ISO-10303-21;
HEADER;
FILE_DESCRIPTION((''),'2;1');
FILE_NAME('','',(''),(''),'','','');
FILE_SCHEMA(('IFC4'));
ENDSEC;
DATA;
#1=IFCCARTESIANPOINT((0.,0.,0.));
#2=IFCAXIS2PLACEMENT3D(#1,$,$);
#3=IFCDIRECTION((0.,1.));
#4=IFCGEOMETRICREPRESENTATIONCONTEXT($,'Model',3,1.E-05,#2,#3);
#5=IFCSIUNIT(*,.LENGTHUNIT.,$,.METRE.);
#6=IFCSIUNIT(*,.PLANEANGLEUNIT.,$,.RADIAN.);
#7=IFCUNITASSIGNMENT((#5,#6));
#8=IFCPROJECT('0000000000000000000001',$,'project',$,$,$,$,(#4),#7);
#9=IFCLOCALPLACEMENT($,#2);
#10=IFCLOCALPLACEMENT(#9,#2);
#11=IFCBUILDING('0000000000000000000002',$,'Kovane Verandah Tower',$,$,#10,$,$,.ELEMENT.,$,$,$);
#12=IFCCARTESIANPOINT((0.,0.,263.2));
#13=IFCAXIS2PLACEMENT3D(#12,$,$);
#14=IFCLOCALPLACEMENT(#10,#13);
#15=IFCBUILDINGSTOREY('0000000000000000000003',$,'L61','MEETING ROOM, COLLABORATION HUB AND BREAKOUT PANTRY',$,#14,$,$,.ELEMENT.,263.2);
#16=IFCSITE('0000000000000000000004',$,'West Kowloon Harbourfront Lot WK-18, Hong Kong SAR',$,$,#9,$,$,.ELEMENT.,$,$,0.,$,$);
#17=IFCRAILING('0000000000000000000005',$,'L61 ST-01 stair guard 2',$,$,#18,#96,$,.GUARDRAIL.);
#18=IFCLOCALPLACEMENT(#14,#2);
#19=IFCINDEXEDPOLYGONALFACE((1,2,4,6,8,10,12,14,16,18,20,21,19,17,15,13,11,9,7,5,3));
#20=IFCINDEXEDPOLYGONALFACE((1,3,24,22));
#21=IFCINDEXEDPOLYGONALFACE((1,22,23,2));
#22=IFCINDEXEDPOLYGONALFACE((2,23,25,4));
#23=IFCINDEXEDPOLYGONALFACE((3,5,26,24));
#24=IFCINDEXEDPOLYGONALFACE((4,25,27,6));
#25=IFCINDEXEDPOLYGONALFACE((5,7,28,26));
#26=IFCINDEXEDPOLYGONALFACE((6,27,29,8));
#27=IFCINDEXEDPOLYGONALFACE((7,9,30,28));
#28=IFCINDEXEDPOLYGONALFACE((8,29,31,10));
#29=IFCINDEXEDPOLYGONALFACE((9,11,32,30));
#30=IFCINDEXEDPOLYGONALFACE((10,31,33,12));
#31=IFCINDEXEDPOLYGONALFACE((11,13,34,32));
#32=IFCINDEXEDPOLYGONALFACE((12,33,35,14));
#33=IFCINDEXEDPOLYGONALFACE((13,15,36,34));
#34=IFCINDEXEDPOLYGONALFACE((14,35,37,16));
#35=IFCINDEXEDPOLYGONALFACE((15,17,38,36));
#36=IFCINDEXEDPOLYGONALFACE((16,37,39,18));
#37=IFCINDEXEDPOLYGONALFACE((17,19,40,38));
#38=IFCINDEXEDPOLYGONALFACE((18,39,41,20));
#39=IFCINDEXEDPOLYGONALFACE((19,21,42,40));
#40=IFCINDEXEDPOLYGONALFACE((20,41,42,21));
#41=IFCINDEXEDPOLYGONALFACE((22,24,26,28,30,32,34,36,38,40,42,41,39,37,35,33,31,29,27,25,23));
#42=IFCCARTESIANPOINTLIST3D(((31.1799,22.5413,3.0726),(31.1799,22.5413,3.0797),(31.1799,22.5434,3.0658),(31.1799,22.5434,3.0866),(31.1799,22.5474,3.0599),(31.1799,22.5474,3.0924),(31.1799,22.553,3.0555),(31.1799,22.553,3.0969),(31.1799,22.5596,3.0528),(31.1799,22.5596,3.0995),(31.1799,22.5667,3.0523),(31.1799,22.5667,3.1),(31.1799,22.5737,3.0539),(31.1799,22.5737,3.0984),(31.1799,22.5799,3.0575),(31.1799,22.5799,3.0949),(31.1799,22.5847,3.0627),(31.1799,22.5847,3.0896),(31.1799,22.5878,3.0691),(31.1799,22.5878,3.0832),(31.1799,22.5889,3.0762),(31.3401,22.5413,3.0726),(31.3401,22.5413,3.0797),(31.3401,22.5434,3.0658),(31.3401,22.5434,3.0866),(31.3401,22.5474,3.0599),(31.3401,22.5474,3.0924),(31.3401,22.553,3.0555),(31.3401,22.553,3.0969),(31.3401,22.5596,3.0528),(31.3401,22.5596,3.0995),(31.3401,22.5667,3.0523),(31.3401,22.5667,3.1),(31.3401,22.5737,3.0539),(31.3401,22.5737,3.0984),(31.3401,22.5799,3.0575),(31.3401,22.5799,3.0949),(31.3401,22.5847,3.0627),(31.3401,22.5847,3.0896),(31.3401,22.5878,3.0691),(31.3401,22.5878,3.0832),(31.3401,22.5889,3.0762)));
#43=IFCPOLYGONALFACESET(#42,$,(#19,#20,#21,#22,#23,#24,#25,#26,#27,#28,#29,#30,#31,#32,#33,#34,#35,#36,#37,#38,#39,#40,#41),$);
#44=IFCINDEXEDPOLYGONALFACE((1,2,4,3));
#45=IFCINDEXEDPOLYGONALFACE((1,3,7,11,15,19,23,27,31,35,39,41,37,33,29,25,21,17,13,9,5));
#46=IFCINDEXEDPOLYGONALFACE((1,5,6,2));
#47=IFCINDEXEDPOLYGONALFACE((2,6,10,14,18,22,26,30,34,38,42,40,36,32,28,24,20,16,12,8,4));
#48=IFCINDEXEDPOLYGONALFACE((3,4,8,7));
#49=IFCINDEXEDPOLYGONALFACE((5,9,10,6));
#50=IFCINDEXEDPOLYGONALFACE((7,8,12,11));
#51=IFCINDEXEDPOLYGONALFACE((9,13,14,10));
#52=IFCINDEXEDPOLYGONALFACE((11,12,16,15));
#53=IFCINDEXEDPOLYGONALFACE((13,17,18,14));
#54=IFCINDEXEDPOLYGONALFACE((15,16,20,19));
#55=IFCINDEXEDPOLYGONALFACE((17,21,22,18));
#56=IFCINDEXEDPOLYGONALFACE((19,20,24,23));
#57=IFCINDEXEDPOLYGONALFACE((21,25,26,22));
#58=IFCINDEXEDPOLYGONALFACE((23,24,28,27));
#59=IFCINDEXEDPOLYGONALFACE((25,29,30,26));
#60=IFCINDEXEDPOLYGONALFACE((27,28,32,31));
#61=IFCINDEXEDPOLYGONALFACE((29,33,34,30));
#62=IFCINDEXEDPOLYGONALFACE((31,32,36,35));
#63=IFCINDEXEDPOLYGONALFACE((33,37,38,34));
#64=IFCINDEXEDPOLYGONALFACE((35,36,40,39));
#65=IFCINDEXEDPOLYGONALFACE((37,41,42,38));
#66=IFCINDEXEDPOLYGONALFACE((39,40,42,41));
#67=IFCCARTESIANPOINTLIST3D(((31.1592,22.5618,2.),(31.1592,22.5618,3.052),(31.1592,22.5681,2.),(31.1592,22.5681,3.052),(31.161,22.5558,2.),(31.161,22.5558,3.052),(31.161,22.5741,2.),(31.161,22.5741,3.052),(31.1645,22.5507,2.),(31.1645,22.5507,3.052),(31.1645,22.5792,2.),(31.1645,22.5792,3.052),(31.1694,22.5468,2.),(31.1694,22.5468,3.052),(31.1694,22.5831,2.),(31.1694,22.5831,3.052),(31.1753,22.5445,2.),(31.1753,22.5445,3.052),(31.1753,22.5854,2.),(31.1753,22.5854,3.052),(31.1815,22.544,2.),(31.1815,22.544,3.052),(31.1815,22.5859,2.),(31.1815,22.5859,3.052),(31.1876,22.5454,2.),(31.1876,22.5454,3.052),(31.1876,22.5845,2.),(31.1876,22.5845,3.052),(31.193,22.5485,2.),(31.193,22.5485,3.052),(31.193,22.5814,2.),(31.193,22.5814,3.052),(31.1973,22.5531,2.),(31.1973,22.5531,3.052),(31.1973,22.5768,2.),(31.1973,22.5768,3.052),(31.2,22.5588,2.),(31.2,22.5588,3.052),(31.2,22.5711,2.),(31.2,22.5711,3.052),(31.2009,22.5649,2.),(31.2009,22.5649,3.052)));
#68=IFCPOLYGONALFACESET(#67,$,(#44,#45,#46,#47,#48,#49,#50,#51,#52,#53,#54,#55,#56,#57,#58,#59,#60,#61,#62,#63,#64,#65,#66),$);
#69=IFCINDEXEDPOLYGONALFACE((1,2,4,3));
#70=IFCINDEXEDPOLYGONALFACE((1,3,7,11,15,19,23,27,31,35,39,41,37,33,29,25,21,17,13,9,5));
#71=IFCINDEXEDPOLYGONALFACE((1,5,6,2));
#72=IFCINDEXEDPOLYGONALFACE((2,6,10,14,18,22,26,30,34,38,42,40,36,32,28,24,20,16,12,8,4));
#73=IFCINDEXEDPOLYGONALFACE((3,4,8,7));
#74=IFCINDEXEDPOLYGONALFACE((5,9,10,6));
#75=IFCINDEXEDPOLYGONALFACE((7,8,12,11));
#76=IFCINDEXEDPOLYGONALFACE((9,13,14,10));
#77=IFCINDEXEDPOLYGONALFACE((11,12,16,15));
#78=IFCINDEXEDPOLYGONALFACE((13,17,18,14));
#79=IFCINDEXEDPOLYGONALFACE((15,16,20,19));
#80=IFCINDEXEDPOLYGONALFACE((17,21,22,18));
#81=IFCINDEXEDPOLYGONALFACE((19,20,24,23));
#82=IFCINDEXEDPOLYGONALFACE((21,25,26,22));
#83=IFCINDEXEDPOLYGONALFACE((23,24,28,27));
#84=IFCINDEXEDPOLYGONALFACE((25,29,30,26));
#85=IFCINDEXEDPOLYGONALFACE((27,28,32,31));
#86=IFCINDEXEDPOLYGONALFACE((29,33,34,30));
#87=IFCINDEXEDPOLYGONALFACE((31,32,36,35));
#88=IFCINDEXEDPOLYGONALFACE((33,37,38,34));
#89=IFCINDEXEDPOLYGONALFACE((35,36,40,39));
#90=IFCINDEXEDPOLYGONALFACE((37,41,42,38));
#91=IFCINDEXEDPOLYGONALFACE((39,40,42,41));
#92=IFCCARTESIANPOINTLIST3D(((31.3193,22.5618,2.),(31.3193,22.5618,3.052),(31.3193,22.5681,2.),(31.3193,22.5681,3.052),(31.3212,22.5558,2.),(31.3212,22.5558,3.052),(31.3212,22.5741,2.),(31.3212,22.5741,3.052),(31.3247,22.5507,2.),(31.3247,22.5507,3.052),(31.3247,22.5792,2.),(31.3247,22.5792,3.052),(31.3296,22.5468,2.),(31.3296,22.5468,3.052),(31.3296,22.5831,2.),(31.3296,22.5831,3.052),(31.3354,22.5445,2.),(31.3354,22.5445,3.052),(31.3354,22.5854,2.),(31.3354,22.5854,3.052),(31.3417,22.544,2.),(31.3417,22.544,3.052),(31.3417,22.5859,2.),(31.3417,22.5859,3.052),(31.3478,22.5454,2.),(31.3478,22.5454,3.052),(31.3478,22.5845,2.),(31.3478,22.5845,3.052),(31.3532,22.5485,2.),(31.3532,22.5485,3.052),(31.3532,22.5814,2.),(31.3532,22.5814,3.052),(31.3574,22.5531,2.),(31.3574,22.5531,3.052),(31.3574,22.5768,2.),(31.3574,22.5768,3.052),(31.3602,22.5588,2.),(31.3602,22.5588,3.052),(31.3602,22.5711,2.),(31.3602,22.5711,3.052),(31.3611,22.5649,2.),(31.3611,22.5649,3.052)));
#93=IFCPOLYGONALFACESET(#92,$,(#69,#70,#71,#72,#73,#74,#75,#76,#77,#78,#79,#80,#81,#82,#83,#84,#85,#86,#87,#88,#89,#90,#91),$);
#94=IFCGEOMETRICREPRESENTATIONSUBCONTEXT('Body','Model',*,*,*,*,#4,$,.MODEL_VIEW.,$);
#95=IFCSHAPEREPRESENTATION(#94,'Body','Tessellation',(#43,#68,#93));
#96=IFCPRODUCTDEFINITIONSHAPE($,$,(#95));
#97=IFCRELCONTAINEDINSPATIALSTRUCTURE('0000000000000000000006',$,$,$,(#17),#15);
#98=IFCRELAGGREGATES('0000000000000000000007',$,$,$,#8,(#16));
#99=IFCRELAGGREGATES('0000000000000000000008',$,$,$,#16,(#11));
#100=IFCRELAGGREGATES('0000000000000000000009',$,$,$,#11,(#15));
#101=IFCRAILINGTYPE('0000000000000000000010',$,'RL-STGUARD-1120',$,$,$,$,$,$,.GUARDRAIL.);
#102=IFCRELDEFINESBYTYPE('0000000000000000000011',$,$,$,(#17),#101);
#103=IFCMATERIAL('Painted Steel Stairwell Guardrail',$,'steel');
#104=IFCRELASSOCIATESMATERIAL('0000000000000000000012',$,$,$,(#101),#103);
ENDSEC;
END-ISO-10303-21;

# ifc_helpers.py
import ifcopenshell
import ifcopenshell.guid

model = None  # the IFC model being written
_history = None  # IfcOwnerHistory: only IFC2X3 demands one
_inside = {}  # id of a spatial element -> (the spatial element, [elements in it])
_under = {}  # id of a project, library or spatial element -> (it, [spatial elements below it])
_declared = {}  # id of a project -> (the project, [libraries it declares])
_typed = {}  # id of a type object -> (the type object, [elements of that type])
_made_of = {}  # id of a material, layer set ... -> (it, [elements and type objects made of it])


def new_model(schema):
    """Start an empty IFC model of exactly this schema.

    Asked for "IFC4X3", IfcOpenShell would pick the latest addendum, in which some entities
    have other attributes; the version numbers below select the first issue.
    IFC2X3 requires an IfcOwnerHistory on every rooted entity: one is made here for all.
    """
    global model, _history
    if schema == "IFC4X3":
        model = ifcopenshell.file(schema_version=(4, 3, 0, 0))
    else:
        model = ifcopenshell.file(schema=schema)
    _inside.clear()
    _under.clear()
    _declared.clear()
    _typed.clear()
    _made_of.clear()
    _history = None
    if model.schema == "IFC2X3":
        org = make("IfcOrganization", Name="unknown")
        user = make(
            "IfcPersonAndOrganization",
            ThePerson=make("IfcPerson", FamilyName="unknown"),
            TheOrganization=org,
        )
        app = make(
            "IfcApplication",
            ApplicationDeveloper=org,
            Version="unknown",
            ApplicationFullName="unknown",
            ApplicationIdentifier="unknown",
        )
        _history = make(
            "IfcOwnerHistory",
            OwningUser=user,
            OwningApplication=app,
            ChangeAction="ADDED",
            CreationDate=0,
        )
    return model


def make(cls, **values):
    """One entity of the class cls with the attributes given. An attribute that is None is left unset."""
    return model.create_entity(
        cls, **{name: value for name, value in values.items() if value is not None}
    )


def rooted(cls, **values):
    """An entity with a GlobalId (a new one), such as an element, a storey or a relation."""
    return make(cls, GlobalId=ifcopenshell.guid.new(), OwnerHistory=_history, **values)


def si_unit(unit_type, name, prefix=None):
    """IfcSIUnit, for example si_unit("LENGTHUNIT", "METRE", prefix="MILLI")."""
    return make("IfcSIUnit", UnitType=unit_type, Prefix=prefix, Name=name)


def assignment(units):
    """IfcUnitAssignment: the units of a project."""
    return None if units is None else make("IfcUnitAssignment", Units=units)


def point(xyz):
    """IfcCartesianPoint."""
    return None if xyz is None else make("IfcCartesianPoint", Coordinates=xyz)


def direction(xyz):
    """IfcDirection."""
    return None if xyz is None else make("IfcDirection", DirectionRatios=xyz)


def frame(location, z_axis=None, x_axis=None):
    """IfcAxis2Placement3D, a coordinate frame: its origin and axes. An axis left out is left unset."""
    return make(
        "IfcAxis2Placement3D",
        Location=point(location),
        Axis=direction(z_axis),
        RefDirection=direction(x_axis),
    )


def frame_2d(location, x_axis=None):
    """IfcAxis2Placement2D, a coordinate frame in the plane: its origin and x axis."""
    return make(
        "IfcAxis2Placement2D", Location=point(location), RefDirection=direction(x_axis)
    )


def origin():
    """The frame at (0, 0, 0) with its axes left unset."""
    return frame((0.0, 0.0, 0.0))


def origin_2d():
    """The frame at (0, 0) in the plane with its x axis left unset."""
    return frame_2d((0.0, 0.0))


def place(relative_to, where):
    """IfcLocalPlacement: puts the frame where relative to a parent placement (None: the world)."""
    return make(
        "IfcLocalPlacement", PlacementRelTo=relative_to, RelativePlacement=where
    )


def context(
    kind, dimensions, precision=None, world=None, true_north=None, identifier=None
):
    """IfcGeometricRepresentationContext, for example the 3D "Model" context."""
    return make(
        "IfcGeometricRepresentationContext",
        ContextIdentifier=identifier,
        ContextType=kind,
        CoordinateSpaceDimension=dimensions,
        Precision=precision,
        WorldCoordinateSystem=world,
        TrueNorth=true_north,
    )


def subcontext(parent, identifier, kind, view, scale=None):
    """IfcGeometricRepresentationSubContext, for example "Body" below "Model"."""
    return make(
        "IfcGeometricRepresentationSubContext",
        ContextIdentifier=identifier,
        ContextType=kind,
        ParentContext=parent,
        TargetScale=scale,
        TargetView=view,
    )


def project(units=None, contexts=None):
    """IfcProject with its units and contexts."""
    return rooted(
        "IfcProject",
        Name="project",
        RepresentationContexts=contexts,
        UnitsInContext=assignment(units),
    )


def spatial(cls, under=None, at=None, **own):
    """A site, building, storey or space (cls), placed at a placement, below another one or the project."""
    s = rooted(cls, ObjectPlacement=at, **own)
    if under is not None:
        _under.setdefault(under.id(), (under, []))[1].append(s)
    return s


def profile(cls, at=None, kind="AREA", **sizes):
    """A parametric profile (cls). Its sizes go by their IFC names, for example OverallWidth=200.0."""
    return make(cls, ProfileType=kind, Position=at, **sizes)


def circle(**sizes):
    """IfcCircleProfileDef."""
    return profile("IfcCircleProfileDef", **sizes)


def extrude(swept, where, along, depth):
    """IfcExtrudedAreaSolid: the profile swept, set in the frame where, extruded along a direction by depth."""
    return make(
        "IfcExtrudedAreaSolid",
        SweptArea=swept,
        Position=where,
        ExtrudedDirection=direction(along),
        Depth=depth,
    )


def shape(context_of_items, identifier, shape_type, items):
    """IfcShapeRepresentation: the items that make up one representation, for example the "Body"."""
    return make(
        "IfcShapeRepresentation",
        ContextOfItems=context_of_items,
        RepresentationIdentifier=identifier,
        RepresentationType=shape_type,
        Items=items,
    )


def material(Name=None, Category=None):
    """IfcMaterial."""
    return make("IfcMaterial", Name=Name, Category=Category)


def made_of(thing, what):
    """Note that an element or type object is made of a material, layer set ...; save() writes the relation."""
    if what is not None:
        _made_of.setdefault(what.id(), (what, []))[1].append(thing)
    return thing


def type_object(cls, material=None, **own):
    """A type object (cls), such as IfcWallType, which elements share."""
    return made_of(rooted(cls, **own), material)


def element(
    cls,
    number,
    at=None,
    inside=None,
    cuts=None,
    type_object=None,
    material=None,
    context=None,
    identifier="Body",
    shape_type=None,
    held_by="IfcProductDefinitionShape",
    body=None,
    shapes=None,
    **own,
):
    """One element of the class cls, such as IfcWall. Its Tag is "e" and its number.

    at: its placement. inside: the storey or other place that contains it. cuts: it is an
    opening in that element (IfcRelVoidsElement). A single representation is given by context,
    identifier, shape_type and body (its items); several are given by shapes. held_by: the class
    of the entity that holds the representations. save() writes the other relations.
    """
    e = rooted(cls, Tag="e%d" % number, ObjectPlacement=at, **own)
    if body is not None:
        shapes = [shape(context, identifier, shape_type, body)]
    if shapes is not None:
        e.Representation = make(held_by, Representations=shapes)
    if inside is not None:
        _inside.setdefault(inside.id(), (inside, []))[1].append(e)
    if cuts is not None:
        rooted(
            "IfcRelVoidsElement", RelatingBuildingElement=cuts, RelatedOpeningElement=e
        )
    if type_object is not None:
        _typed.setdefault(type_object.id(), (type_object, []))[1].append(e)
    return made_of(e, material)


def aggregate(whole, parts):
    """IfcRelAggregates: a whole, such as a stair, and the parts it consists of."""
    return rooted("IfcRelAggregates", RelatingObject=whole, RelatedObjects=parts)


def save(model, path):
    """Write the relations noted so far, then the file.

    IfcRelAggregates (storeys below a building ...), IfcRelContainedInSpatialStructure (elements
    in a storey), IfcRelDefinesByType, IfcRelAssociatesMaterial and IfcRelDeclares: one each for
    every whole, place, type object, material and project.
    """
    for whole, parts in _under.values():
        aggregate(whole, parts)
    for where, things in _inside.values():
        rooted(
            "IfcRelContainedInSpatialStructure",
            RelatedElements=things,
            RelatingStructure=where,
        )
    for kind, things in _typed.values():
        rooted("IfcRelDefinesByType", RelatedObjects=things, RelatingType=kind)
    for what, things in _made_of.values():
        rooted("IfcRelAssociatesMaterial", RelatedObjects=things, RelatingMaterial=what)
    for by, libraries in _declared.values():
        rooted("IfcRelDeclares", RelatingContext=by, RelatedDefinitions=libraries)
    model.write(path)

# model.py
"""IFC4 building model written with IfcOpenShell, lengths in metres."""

from ifc_helpers import new_model, si_unit, direction, frame, origin, origin_2d, place, context, subcontext, project, spatial, circle, extrude, material, type_object, element, save


model = new_model("IFC4")

# Units and contexts
model_context = context("Model", 3, precision=1e-05, world=origin(), true_north=direction((0.0, 1.0)))
body_context = subcontext(model_context, "Body", "Model", "MODEL_VIEW")
ifc_project = project(units=[si_unit("LENGTHUNIT", "METRE"), si_unit("PLANEANGLEUNIT", "RADIAN")], contexts=[model_context])

# Site, building, storey
site_placement = place(None, origin())
site = spatial("IfcSite", under=ifc_project, at=site_placement, Name="West Kowloon Harbourfront Lot WK-18, Hong Kong SAR", CompositionType="ELEMENT", RefElevation=0.0)
building_placement = place(site_placement, origin())
building = spatial("IfcBuilding", under=site, at=building_placement, Name="Kovane Verandah Tower", CompositionType="ELEMENT")
storey_placement = place(building_placement, frame((0.0, 0.0, 263.2)))
storey = spatial("IfcBuildingStorey", under=building, at=storey_placement, Name="L61", Description="MEETING ROOM, COLLABORATION HUB AND BREAKOUT PANTRY", CompositionType="ELEMENT", Elevation=263.2)

# Railing
ifc_material_1 = material(Name="Painted Steel Stairwell Guardrail", Category="steel")
railing_type_1 = type_object("IfcRailingType", Name="RL-STGUARD-1120", PredefinedType="GUARDRAIL", material=ifc_material_1)
railing_1_placement = place(storey_placement, frame((31.1799, 22.5649, 2.0)))
element("IfcRailing", 1, at=railing_1_placement, inside=storey, type_object=railing_type_1, Name="L61 ST-01 stair guard 2", PredefinedType="GUARDRAIL", context=body_context, shape_type="SweptSolid", body=[
    extrude(circle(Radius=0.0239, at=origin_2d()), frame((0.0, 0.0, 1.0762), z_axis=(1.0, 0.0, 0.0), x_axis=(0.0, 1.0, 0.0)), (0.0, 0.0, 1.0), 0.1602),
    extrude(circle(Radius=0.021, at=origin_2d()), origin(), (0.0, 0.0, 1.0), 1.052),
    extrude(circle(Radius=0.021, at=origin_2d()), frame((0.1602, 0.0, 0.0)), (0.0, 0.0, 1.0), 1.052),
])

save(model, "model.ifc")
